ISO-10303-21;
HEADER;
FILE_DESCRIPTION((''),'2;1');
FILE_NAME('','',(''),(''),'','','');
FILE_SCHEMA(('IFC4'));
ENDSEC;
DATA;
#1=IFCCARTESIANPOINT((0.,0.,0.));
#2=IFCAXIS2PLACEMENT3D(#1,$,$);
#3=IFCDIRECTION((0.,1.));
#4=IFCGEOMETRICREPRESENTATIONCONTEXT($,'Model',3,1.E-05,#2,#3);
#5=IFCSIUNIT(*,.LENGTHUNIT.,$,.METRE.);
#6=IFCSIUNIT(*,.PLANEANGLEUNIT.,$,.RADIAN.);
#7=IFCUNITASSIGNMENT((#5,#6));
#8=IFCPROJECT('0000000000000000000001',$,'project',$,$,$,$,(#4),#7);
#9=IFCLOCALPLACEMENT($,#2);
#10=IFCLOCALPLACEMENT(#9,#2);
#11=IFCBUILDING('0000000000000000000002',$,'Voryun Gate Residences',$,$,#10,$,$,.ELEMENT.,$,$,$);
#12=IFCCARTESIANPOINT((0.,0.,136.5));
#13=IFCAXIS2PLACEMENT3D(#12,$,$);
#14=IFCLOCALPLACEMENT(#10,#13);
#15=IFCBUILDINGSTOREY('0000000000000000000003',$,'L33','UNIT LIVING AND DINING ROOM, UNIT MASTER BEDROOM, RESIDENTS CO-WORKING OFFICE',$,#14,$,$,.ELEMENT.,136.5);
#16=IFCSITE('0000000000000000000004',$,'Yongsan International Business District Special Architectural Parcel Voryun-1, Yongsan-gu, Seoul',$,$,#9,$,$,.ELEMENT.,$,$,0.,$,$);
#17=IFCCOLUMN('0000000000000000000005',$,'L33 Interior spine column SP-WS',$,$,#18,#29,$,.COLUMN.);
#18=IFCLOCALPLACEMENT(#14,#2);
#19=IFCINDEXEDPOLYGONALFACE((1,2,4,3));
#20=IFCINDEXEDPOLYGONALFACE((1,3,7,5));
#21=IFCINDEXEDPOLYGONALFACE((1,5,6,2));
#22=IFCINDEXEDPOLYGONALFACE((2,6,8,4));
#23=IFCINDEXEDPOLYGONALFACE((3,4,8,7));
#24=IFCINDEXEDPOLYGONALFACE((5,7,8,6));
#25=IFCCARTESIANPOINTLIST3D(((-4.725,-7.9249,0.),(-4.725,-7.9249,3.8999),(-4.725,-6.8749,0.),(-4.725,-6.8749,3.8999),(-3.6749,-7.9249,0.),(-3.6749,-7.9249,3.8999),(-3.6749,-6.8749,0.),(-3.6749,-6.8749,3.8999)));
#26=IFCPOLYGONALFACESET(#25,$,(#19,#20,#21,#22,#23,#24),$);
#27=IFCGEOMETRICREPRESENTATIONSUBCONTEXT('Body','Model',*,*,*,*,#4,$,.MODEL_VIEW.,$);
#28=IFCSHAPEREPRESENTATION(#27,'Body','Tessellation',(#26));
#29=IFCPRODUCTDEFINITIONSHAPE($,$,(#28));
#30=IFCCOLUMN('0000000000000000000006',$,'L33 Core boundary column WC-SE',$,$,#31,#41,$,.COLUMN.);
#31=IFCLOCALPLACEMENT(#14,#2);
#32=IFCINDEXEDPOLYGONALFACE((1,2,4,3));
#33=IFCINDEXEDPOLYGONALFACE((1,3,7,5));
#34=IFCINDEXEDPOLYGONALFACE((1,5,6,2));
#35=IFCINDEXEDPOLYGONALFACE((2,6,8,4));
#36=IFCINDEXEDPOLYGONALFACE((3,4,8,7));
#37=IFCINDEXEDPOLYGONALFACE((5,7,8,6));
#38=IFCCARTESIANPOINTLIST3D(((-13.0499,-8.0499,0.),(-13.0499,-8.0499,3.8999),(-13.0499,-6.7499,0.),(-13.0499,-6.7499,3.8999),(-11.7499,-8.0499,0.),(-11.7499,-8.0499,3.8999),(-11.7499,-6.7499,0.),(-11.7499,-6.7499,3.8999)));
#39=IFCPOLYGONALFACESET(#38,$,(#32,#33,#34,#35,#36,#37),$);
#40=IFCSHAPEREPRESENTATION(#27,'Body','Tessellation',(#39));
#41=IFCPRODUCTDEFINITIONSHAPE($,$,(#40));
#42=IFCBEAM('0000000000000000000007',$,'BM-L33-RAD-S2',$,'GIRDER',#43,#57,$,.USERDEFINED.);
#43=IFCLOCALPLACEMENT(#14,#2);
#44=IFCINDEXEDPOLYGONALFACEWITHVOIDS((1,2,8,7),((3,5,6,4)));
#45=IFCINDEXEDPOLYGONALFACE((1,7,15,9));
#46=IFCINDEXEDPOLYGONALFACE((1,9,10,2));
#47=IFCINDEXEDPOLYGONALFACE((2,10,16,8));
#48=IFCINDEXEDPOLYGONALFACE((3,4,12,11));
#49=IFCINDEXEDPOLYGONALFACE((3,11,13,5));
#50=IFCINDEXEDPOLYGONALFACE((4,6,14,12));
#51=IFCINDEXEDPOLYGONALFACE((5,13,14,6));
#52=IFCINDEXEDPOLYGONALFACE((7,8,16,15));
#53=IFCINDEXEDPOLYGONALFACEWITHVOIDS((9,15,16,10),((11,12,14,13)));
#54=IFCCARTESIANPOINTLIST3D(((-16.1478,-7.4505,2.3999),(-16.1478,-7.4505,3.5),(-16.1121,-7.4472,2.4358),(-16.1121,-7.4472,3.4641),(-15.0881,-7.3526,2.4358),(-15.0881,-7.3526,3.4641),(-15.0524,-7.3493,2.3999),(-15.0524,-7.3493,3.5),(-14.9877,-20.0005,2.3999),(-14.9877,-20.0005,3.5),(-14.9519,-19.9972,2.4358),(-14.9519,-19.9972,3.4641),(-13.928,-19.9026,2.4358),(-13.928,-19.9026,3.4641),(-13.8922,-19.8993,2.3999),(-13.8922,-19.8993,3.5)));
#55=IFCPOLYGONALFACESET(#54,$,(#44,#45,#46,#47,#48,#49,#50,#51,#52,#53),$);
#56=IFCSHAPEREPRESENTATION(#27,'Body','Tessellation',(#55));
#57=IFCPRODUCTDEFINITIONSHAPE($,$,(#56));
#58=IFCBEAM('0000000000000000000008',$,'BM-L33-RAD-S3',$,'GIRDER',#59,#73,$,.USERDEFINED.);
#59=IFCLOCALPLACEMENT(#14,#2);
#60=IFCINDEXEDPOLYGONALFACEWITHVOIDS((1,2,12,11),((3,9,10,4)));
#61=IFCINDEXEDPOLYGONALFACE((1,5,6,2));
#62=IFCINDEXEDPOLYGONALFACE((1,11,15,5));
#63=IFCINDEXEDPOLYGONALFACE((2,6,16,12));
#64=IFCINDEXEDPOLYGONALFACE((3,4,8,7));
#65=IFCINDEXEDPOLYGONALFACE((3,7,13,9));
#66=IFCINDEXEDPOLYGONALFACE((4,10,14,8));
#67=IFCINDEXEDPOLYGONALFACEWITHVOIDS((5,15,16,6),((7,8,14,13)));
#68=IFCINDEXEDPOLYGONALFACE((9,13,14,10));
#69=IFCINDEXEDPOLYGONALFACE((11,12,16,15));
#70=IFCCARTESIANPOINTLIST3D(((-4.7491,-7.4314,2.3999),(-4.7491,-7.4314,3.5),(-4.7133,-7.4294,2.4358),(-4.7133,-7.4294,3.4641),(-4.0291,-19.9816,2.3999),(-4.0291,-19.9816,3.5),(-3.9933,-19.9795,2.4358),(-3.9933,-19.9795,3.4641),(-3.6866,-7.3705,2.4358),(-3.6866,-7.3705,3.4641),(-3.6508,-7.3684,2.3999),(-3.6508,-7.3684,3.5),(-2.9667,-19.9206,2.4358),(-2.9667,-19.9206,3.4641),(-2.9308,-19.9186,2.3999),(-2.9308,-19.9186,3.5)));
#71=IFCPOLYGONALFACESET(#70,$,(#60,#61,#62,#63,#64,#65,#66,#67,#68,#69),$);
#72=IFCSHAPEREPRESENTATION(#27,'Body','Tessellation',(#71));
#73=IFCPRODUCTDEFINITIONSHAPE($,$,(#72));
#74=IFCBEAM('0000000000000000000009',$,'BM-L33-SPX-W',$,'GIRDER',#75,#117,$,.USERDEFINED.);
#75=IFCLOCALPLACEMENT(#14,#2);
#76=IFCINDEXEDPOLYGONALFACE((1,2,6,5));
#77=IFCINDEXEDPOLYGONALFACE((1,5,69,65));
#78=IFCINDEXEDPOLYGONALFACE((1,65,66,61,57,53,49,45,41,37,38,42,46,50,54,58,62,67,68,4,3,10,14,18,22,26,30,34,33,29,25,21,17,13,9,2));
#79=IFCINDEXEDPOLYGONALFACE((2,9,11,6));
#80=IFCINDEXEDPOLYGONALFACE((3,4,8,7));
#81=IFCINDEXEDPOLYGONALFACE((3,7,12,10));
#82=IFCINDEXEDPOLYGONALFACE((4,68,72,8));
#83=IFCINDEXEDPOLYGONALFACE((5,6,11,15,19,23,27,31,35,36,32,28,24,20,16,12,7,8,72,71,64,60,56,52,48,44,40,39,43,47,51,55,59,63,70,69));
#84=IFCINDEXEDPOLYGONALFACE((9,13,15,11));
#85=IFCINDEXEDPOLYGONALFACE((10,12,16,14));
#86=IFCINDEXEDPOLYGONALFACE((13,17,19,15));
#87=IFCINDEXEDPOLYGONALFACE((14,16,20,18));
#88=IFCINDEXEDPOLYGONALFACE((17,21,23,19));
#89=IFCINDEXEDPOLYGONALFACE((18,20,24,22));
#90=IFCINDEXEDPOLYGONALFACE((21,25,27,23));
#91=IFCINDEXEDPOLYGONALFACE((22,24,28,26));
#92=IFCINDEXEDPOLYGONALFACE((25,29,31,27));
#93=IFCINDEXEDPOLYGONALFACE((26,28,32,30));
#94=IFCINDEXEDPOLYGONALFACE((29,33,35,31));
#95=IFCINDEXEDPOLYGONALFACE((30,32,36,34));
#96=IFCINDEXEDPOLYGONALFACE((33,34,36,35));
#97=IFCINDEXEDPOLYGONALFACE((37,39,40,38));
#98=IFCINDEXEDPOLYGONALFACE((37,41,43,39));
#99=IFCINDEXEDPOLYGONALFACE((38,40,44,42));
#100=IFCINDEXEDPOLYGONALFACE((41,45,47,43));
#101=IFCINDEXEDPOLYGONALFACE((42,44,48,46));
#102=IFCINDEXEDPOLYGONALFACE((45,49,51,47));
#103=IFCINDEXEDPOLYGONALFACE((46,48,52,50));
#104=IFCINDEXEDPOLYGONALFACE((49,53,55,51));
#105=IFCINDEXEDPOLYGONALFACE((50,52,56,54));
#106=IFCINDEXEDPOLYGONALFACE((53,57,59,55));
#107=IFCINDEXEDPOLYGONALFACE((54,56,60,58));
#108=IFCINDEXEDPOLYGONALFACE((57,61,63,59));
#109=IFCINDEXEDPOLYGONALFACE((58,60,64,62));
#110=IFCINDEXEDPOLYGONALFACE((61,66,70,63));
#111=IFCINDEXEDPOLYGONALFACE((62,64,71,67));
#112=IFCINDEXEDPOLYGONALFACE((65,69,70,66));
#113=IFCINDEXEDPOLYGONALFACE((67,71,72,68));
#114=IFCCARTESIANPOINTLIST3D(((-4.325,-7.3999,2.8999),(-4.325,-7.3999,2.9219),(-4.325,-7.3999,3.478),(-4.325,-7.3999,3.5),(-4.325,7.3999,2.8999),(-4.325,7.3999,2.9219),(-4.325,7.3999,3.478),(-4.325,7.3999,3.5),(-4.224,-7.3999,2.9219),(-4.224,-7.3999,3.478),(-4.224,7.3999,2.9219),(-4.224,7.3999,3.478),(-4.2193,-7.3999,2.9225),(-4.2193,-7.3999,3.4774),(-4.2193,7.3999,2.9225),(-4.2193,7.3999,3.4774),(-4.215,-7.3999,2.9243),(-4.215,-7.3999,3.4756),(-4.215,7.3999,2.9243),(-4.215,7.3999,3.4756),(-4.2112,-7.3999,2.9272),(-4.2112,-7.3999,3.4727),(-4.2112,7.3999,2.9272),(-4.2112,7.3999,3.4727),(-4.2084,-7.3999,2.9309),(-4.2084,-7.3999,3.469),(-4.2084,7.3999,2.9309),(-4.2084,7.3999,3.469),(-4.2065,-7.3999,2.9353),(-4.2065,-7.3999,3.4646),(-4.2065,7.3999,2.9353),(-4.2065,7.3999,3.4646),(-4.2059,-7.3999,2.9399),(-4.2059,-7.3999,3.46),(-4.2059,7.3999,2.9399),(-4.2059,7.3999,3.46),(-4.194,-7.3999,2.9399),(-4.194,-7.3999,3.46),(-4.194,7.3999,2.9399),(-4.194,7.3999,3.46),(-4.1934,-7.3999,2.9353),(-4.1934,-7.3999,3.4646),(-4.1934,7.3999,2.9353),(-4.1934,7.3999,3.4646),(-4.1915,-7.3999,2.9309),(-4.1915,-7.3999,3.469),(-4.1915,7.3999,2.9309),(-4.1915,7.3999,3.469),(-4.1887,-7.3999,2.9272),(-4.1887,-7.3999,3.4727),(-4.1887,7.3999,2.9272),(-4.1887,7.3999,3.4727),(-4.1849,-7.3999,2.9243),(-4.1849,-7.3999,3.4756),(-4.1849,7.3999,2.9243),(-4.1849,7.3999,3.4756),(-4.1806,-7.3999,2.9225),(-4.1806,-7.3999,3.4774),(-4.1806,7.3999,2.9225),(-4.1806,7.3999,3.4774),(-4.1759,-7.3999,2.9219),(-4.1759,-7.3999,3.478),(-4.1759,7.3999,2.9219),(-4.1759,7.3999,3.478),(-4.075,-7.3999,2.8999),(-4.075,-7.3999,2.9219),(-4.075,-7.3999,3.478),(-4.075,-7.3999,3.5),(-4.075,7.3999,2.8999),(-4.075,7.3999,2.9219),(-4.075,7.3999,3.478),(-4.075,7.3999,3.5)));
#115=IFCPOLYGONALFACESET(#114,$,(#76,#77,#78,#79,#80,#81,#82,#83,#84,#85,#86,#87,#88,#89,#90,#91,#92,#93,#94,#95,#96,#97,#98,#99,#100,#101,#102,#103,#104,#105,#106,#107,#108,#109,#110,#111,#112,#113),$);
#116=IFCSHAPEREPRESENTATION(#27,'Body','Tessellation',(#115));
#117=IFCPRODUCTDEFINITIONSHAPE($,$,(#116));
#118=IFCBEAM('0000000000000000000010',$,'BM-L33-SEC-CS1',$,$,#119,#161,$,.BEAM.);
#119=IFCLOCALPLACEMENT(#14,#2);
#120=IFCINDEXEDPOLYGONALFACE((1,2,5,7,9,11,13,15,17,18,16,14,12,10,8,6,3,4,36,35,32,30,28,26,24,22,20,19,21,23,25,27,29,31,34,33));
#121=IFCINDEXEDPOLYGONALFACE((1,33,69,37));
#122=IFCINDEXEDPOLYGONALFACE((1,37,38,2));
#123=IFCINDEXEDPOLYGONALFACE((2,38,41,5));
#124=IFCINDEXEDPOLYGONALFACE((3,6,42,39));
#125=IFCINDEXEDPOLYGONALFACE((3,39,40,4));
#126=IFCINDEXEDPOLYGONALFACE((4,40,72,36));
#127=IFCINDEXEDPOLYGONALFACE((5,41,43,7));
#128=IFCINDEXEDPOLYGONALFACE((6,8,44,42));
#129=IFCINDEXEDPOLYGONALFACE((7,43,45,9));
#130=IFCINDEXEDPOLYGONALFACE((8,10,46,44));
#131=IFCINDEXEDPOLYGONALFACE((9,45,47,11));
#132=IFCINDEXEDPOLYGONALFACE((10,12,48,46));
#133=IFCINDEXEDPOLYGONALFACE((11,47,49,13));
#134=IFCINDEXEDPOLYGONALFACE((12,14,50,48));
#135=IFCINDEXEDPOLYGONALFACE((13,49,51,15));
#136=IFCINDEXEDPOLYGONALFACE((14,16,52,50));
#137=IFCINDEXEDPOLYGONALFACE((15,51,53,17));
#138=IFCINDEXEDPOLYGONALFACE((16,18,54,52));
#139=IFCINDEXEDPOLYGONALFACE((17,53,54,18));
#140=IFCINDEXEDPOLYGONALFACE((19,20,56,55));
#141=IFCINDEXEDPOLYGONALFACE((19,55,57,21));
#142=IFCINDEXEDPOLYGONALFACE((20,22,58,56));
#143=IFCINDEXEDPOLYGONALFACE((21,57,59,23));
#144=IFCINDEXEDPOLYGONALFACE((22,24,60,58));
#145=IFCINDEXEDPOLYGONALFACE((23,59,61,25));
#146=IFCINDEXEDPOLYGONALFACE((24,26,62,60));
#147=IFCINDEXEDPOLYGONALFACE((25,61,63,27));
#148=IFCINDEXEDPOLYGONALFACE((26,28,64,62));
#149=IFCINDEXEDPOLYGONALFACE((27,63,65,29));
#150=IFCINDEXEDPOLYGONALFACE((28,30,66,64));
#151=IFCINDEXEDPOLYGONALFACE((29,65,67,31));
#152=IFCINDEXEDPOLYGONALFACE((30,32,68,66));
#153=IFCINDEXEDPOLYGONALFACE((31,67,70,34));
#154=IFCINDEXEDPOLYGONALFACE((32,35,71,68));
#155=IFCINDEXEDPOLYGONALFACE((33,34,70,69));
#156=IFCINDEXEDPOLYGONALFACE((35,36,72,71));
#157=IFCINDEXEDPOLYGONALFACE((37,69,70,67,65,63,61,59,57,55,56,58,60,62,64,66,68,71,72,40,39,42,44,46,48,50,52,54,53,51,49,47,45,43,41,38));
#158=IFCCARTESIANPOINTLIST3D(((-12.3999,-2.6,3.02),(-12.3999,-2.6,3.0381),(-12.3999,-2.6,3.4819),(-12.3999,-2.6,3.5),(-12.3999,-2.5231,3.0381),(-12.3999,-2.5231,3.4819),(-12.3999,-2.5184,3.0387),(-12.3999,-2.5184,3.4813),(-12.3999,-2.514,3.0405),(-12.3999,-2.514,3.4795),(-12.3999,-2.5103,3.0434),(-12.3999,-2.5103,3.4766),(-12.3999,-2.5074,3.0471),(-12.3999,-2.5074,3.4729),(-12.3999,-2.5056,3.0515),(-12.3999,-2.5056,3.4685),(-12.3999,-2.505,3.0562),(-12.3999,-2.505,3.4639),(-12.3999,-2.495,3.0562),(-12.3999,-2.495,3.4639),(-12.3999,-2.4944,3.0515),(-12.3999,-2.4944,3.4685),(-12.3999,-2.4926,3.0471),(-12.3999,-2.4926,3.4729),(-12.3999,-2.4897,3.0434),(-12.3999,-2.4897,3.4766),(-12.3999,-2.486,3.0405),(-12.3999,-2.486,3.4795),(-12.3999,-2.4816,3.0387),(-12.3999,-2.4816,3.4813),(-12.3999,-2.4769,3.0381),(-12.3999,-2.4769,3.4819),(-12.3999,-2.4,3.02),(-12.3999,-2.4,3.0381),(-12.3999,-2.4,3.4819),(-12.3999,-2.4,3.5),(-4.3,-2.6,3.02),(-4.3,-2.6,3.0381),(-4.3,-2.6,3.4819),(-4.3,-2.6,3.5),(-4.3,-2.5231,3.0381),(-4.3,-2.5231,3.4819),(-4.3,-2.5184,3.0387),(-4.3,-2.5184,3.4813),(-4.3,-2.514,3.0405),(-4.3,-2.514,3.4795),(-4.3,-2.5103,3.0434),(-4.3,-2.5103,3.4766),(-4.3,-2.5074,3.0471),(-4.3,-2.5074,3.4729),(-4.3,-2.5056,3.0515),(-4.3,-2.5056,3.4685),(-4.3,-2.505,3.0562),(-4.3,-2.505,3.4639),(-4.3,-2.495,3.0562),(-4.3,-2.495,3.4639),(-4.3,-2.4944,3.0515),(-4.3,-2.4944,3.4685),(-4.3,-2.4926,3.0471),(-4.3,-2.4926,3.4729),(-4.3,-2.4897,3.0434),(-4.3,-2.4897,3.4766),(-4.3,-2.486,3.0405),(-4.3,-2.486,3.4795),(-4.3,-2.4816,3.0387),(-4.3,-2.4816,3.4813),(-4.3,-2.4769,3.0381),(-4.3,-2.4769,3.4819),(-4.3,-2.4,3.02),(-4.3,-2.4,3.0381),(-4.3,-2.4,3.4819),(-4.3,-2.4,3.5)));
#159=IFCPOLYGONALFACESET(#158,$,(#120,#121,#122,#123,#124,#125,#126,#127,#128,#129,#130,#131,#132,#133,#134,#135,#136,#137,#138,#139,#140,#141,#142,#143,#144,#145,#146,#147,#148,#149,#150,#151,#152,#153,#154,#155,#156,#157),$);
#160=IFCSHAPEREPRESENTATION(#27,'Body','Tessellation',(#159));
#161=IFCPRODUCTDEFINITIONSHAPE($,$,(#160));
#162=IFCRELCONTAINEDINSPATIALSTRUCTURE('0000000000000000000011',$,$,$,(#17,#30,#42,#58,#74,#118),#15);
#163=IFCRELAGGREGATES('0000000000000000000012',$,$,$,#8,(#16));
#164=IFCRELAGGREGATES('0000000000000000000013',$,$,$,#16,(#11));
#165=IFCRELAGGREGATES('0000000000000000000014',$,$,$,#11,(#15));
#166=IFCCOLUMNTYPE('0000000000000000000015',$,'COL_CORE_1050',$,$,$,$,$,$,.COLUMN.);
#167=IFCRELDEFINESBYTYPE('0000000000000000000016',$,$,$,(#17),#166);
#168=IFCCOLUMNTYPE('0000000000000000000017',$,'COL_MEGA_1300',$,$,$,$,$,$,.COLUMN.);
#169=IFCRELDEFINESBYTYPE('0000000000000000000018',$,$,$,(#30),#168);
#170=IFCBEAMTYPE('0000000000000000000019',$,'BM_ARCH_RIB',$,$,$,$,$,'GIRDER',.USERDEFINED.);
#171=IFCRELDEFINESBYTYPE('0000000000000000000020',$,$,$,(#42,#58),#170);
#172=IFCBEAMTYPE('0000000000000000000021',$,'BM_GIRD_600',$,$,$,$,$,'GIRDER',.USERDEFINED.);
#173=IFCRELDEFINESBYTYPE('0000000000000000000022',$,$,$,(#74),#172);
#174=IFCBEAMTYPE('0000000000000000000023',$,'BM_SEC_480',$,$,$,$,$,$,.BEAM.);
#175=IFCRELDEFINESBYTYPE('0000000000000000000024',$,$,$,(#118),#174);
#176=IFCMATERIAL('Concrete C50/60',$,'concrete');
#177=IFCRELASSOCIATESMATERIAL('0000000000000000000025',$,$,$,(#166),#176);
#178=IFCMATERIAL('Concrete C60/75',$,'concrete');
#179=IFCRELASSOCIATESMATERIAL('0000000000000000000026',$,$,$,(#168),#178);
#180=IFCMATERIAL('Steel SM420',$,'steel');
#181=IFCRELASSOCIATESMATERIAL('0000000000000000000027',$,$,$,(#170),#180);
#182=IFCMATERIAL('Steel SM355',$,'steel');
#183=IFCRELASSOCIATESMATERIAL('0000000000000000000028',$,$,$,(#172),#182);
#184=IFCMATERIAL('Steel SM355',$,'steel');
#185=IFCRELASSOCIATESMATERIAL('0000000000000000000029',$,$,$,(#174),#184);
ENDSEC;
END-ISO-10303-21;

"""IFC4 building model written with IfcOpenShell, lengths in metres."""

from ifc_helpers import new_model, si_unit, direction, frame, origin, origin_2d, place, context, subcontext, project, spatial, rectangle, hollow_rectangle, i_section, extrude, material, material_profile, profile_set, type_object, element, save


model = new_model("IFC4")

# Units and contexts
model_context = context("Model", 3, precision=1e-05, world=origin(), true_north=direction((0.0, 1.0)))
body_context = subcontext(model_context, "Body", "Model", "MODEL_VIEW")
ifc_project = project(units=[si_unit("LENGTHUNIT", "METRE"), si_unit("PLANEANGLEUNIT", "RADIAN")], contexts=[model_context])

# Site, building, storey
site_placement = place(None, origin())
site = spatial("IfcSite", under=ifc_project, at=site_placement, Name="Yongsan International Business District Special Architectural Parcel Voryun-1, Yongsan-gu, Seoul", CompositionType="ELEMENT", RefElevation=0.0)
building_placement = place(site_placement, origin())
building = spatial("IfcBuilding", under=site, at=building_placement, Name="Voryun Gate Residences", CompositionType="ELEMENT")
storey_placement = place(building_placement, frame((0.0, 0.0, 136.5)))
storey = spatial("IfcBuildingStorey", under=building, at=storey_placement, Name="L33", Description="UNIT LIVING AND DINING ROOM, UNIT MASTER BEDROOM, RESIDENTS CO-WORKING OFFICE", CompositionType="ELEMENT", Elevation=136.5)

# Columns
ifc_material_1 = material(Name="Concrete C50/60", Category="concrete")
ifc_material_profile_1 = material_profile(ifc_material_1, rectangle(XDim=1.05, YDim=1.05, at=origin_2d()), Name="RC-1050x1050")
ifc_profile_set_1 = profile_set([ifc_material_profile_1], Name="Concrete C50/60")
column_type_1 = type_object("IfcColumnType", Name="COL_CORE_1050", PredefinedType="COLUMN", material=ifc_profile_set_1)
column_1_placement = place(storey_placement, frame((-4.2, -7.3999, 0.0), z_axis=(0.0, 0.0, 1.0), x_axis=(1.0, 0.0, 0.0)))
element("IfcColumn", 1, at=column_1_placement, inside=storey, type_object=column_type_1, Name="L33 Interior spine column SP-WS", PredefinedType="COLUMN", context=body_context, shape_type="SweptSolid", body=[
    extrude(rectangle(XDim=1.05, YDim=1.05, at=origin_2d()), origin(), (0.0, 0.0, 1.0), 3.8999),
])
ifc_material_2 = material(Name="Concrete C60/75", Category="concrete")
ifc_material_profile_2 = material_profile(ifc_material_2, rectangle(XDim=1.3, YDim=1.3, at=origin_2d()), Name="RC-1300x1300")
ifc_profile_set_2 = profile_set([ifc_material_profile_2], Name="Concrete C60/75")
column_type_2 = type_object("IfcColumnType", Name="COL_MEGA_1300", PredefinedType="COLUMN", material=ifc_profile_set_2)
column_2_placement = place(storey_placement, frame((-12.3999, -7.3999, 0.0), z_axis=(0.0, 0.0, 1.0), x_axis=(1.0, 0.0, 0.0)))
element("IfcColumn", 2, at=column_2_placement, inside=storey, type_object=column_type_2, Name="L33 Core boundary column WC-SE", PredefinedType="COLUMN", context=body_context, shape_type="SweptSolid", body=[
    extrude(rectangle(XDim=1.3, YDim=1.3, at=origin_2d()), origin(), (0.0, 0.0, 1.0), 3.8999),
])

# Beams
ifc_material_3 = material(Name="Steel SM420", Category="steel")
ifc_material_profile_3 = material_profile(ifc_material_3, hollow_rectangle(XDim=1.1001, YDim=1.1001, WallThickness=0.0359, at=origin_2d()), Name="BOX-1100x1100x36")
ifc_profile_set_3 = profile_set([ifc_material_profile_3], Name="Steel SM420")
beam_type_1 = type_object("IfcBeamType", Name="BM_ARCH_RIB", ElementType="GIRDER", PredefinedType="USERDEFINED", material=ifc_profile_set_3)
beam_1_placement = place(storey_placement, frame((-15.6001, -7.3999, 2.95), z_axis=(0.09205, -0.995754, 0.0), x_axis=(0.995754, 0.09205, 0.0)))
element("IfcBeam", 3, at=beam_1_placement, inside=storey, type_object=beam_type_1, Name="BM-L33-RAD-S2", ObjectType="GIRDER", PredefinedType="USERDEFINED", context=body_context, shape_type="SweptSolid", body=[
    extrude(hollow_rectangle(XDim=1.1001, YDim=1.1001, WallThickness=0.0359, at=origin_2d()), origin(), (0.0, 0.0, 1.0), 12.6035),
])
beam_2_placement = place(storey_placement, frame((-4.2, -7.3999, 2.95), z_axis=(0.057274, -0.998359, 0.0), x_axis=(0.998359, 0.057274, 0.0)))
element("IfcBeam", 4, at=beam_2_placement, inside=storey, type_object=beam_type_1, Name="BM-L33-RAD-S3", ObjectType="GIRDER", PredefinedType="USERDEFINED", context=body_context, shape_type="SweptSolid", body=[
    extrude(hollow_rectangle(XDim=1.1001, YDim=1.1001, WallThickness=0.0359, at=origin_2d()), origin(), (0.0, 0.0, 1.0), 12.5708),
])
ifc_material_4 = material(Name="Steel SM355", Category="steel")
ifc_material_profile_4 = material_profile(ifc_material_4, i_section(OverallWidth=0.25, OverallDepth=0.6001, WebThickness=0.012, FlangeThickness=0.022, FilletRadius=0.0181, at=origin_2d()), Name="H-600x250x12x22")
ifc_profile_set_4 = profile_set([ifc_material_profile_4], Name="Steel SM355")
beam_type_2 = type_object("IfcBeamType", Name="BM_GIRD_600", ElementType="GIRDER", PredefinedType="USERDEFINED", material=ifc_profile_set_4)
beam_3_placement = place(storey_placement, frame((-4.2, -7.3999, 3.2), z_axis=(0.0, 1.0, 0.0), x_axis=(-1.0, 0.0, 0.0)))
element("IfcBeam", 5, at=beam_3_placement, inside=storey, type_object=beam_type_2, Name="BM-L33-SPX-W", ObjectType="GIRDER", PredefinedType="USERDEFINED", context=body_context, shape_type="SweptSolid", body=[
    extrude(i_section(OverallWidth=0.25, OverallDepth=0.6001, WebThickness=0.012, FlangeThickness=0.022, FilletRadius=0.0181, at=origin_2d()), origin(), (0.0, 0.0, 1.0), 14.7998),
])
ifc_material_5 = material(Name="Steel SM355", Category="steel")
ifc_material_profile_5 = material_profile(ifc_material_5, i_section(OverallWidth=0.2, OverallDepth=0.48, WebThickness=0.01, FlangeThickness=0.0181, FilletRadius=0.0181, at=origin_2d()), Name="H-480x200x10x18")
ifc_profile_set_5 = profile_set([ifc_material_profile_5], Name="Steel SM355")
beam_type_3 = type_object("IfcBeamType", Name="BM_SEC_480", PredefinedType="BEAM", material=ifc_profile_set_5)
beam_4_placement = place(storey_placement, frame((-12.3999, -2.5, 3.26), z_axis=(1.0, 0.0, 0.0), x_axis=(0.0, 1.0, 0.0)))
element("IfcBeam", 6, at=beam_4_placement, inside=storey, type_object=beam_type_3, Name="BM-L33-SEC-CS1", PredefinedType="BEAM", context=body_context, shape_type="SweptSolid", body=[
    extrude(i_section(OverallWidth=0.2, OverallDepth=0.48, WebThickness=0.01, FlangeThickness=0.0181, FilletRadius=0.0181, at=origin_2d()), origin(), (0.0, 0.0, 1.0), 8.0999),
])

save(model, "model.ifc")
